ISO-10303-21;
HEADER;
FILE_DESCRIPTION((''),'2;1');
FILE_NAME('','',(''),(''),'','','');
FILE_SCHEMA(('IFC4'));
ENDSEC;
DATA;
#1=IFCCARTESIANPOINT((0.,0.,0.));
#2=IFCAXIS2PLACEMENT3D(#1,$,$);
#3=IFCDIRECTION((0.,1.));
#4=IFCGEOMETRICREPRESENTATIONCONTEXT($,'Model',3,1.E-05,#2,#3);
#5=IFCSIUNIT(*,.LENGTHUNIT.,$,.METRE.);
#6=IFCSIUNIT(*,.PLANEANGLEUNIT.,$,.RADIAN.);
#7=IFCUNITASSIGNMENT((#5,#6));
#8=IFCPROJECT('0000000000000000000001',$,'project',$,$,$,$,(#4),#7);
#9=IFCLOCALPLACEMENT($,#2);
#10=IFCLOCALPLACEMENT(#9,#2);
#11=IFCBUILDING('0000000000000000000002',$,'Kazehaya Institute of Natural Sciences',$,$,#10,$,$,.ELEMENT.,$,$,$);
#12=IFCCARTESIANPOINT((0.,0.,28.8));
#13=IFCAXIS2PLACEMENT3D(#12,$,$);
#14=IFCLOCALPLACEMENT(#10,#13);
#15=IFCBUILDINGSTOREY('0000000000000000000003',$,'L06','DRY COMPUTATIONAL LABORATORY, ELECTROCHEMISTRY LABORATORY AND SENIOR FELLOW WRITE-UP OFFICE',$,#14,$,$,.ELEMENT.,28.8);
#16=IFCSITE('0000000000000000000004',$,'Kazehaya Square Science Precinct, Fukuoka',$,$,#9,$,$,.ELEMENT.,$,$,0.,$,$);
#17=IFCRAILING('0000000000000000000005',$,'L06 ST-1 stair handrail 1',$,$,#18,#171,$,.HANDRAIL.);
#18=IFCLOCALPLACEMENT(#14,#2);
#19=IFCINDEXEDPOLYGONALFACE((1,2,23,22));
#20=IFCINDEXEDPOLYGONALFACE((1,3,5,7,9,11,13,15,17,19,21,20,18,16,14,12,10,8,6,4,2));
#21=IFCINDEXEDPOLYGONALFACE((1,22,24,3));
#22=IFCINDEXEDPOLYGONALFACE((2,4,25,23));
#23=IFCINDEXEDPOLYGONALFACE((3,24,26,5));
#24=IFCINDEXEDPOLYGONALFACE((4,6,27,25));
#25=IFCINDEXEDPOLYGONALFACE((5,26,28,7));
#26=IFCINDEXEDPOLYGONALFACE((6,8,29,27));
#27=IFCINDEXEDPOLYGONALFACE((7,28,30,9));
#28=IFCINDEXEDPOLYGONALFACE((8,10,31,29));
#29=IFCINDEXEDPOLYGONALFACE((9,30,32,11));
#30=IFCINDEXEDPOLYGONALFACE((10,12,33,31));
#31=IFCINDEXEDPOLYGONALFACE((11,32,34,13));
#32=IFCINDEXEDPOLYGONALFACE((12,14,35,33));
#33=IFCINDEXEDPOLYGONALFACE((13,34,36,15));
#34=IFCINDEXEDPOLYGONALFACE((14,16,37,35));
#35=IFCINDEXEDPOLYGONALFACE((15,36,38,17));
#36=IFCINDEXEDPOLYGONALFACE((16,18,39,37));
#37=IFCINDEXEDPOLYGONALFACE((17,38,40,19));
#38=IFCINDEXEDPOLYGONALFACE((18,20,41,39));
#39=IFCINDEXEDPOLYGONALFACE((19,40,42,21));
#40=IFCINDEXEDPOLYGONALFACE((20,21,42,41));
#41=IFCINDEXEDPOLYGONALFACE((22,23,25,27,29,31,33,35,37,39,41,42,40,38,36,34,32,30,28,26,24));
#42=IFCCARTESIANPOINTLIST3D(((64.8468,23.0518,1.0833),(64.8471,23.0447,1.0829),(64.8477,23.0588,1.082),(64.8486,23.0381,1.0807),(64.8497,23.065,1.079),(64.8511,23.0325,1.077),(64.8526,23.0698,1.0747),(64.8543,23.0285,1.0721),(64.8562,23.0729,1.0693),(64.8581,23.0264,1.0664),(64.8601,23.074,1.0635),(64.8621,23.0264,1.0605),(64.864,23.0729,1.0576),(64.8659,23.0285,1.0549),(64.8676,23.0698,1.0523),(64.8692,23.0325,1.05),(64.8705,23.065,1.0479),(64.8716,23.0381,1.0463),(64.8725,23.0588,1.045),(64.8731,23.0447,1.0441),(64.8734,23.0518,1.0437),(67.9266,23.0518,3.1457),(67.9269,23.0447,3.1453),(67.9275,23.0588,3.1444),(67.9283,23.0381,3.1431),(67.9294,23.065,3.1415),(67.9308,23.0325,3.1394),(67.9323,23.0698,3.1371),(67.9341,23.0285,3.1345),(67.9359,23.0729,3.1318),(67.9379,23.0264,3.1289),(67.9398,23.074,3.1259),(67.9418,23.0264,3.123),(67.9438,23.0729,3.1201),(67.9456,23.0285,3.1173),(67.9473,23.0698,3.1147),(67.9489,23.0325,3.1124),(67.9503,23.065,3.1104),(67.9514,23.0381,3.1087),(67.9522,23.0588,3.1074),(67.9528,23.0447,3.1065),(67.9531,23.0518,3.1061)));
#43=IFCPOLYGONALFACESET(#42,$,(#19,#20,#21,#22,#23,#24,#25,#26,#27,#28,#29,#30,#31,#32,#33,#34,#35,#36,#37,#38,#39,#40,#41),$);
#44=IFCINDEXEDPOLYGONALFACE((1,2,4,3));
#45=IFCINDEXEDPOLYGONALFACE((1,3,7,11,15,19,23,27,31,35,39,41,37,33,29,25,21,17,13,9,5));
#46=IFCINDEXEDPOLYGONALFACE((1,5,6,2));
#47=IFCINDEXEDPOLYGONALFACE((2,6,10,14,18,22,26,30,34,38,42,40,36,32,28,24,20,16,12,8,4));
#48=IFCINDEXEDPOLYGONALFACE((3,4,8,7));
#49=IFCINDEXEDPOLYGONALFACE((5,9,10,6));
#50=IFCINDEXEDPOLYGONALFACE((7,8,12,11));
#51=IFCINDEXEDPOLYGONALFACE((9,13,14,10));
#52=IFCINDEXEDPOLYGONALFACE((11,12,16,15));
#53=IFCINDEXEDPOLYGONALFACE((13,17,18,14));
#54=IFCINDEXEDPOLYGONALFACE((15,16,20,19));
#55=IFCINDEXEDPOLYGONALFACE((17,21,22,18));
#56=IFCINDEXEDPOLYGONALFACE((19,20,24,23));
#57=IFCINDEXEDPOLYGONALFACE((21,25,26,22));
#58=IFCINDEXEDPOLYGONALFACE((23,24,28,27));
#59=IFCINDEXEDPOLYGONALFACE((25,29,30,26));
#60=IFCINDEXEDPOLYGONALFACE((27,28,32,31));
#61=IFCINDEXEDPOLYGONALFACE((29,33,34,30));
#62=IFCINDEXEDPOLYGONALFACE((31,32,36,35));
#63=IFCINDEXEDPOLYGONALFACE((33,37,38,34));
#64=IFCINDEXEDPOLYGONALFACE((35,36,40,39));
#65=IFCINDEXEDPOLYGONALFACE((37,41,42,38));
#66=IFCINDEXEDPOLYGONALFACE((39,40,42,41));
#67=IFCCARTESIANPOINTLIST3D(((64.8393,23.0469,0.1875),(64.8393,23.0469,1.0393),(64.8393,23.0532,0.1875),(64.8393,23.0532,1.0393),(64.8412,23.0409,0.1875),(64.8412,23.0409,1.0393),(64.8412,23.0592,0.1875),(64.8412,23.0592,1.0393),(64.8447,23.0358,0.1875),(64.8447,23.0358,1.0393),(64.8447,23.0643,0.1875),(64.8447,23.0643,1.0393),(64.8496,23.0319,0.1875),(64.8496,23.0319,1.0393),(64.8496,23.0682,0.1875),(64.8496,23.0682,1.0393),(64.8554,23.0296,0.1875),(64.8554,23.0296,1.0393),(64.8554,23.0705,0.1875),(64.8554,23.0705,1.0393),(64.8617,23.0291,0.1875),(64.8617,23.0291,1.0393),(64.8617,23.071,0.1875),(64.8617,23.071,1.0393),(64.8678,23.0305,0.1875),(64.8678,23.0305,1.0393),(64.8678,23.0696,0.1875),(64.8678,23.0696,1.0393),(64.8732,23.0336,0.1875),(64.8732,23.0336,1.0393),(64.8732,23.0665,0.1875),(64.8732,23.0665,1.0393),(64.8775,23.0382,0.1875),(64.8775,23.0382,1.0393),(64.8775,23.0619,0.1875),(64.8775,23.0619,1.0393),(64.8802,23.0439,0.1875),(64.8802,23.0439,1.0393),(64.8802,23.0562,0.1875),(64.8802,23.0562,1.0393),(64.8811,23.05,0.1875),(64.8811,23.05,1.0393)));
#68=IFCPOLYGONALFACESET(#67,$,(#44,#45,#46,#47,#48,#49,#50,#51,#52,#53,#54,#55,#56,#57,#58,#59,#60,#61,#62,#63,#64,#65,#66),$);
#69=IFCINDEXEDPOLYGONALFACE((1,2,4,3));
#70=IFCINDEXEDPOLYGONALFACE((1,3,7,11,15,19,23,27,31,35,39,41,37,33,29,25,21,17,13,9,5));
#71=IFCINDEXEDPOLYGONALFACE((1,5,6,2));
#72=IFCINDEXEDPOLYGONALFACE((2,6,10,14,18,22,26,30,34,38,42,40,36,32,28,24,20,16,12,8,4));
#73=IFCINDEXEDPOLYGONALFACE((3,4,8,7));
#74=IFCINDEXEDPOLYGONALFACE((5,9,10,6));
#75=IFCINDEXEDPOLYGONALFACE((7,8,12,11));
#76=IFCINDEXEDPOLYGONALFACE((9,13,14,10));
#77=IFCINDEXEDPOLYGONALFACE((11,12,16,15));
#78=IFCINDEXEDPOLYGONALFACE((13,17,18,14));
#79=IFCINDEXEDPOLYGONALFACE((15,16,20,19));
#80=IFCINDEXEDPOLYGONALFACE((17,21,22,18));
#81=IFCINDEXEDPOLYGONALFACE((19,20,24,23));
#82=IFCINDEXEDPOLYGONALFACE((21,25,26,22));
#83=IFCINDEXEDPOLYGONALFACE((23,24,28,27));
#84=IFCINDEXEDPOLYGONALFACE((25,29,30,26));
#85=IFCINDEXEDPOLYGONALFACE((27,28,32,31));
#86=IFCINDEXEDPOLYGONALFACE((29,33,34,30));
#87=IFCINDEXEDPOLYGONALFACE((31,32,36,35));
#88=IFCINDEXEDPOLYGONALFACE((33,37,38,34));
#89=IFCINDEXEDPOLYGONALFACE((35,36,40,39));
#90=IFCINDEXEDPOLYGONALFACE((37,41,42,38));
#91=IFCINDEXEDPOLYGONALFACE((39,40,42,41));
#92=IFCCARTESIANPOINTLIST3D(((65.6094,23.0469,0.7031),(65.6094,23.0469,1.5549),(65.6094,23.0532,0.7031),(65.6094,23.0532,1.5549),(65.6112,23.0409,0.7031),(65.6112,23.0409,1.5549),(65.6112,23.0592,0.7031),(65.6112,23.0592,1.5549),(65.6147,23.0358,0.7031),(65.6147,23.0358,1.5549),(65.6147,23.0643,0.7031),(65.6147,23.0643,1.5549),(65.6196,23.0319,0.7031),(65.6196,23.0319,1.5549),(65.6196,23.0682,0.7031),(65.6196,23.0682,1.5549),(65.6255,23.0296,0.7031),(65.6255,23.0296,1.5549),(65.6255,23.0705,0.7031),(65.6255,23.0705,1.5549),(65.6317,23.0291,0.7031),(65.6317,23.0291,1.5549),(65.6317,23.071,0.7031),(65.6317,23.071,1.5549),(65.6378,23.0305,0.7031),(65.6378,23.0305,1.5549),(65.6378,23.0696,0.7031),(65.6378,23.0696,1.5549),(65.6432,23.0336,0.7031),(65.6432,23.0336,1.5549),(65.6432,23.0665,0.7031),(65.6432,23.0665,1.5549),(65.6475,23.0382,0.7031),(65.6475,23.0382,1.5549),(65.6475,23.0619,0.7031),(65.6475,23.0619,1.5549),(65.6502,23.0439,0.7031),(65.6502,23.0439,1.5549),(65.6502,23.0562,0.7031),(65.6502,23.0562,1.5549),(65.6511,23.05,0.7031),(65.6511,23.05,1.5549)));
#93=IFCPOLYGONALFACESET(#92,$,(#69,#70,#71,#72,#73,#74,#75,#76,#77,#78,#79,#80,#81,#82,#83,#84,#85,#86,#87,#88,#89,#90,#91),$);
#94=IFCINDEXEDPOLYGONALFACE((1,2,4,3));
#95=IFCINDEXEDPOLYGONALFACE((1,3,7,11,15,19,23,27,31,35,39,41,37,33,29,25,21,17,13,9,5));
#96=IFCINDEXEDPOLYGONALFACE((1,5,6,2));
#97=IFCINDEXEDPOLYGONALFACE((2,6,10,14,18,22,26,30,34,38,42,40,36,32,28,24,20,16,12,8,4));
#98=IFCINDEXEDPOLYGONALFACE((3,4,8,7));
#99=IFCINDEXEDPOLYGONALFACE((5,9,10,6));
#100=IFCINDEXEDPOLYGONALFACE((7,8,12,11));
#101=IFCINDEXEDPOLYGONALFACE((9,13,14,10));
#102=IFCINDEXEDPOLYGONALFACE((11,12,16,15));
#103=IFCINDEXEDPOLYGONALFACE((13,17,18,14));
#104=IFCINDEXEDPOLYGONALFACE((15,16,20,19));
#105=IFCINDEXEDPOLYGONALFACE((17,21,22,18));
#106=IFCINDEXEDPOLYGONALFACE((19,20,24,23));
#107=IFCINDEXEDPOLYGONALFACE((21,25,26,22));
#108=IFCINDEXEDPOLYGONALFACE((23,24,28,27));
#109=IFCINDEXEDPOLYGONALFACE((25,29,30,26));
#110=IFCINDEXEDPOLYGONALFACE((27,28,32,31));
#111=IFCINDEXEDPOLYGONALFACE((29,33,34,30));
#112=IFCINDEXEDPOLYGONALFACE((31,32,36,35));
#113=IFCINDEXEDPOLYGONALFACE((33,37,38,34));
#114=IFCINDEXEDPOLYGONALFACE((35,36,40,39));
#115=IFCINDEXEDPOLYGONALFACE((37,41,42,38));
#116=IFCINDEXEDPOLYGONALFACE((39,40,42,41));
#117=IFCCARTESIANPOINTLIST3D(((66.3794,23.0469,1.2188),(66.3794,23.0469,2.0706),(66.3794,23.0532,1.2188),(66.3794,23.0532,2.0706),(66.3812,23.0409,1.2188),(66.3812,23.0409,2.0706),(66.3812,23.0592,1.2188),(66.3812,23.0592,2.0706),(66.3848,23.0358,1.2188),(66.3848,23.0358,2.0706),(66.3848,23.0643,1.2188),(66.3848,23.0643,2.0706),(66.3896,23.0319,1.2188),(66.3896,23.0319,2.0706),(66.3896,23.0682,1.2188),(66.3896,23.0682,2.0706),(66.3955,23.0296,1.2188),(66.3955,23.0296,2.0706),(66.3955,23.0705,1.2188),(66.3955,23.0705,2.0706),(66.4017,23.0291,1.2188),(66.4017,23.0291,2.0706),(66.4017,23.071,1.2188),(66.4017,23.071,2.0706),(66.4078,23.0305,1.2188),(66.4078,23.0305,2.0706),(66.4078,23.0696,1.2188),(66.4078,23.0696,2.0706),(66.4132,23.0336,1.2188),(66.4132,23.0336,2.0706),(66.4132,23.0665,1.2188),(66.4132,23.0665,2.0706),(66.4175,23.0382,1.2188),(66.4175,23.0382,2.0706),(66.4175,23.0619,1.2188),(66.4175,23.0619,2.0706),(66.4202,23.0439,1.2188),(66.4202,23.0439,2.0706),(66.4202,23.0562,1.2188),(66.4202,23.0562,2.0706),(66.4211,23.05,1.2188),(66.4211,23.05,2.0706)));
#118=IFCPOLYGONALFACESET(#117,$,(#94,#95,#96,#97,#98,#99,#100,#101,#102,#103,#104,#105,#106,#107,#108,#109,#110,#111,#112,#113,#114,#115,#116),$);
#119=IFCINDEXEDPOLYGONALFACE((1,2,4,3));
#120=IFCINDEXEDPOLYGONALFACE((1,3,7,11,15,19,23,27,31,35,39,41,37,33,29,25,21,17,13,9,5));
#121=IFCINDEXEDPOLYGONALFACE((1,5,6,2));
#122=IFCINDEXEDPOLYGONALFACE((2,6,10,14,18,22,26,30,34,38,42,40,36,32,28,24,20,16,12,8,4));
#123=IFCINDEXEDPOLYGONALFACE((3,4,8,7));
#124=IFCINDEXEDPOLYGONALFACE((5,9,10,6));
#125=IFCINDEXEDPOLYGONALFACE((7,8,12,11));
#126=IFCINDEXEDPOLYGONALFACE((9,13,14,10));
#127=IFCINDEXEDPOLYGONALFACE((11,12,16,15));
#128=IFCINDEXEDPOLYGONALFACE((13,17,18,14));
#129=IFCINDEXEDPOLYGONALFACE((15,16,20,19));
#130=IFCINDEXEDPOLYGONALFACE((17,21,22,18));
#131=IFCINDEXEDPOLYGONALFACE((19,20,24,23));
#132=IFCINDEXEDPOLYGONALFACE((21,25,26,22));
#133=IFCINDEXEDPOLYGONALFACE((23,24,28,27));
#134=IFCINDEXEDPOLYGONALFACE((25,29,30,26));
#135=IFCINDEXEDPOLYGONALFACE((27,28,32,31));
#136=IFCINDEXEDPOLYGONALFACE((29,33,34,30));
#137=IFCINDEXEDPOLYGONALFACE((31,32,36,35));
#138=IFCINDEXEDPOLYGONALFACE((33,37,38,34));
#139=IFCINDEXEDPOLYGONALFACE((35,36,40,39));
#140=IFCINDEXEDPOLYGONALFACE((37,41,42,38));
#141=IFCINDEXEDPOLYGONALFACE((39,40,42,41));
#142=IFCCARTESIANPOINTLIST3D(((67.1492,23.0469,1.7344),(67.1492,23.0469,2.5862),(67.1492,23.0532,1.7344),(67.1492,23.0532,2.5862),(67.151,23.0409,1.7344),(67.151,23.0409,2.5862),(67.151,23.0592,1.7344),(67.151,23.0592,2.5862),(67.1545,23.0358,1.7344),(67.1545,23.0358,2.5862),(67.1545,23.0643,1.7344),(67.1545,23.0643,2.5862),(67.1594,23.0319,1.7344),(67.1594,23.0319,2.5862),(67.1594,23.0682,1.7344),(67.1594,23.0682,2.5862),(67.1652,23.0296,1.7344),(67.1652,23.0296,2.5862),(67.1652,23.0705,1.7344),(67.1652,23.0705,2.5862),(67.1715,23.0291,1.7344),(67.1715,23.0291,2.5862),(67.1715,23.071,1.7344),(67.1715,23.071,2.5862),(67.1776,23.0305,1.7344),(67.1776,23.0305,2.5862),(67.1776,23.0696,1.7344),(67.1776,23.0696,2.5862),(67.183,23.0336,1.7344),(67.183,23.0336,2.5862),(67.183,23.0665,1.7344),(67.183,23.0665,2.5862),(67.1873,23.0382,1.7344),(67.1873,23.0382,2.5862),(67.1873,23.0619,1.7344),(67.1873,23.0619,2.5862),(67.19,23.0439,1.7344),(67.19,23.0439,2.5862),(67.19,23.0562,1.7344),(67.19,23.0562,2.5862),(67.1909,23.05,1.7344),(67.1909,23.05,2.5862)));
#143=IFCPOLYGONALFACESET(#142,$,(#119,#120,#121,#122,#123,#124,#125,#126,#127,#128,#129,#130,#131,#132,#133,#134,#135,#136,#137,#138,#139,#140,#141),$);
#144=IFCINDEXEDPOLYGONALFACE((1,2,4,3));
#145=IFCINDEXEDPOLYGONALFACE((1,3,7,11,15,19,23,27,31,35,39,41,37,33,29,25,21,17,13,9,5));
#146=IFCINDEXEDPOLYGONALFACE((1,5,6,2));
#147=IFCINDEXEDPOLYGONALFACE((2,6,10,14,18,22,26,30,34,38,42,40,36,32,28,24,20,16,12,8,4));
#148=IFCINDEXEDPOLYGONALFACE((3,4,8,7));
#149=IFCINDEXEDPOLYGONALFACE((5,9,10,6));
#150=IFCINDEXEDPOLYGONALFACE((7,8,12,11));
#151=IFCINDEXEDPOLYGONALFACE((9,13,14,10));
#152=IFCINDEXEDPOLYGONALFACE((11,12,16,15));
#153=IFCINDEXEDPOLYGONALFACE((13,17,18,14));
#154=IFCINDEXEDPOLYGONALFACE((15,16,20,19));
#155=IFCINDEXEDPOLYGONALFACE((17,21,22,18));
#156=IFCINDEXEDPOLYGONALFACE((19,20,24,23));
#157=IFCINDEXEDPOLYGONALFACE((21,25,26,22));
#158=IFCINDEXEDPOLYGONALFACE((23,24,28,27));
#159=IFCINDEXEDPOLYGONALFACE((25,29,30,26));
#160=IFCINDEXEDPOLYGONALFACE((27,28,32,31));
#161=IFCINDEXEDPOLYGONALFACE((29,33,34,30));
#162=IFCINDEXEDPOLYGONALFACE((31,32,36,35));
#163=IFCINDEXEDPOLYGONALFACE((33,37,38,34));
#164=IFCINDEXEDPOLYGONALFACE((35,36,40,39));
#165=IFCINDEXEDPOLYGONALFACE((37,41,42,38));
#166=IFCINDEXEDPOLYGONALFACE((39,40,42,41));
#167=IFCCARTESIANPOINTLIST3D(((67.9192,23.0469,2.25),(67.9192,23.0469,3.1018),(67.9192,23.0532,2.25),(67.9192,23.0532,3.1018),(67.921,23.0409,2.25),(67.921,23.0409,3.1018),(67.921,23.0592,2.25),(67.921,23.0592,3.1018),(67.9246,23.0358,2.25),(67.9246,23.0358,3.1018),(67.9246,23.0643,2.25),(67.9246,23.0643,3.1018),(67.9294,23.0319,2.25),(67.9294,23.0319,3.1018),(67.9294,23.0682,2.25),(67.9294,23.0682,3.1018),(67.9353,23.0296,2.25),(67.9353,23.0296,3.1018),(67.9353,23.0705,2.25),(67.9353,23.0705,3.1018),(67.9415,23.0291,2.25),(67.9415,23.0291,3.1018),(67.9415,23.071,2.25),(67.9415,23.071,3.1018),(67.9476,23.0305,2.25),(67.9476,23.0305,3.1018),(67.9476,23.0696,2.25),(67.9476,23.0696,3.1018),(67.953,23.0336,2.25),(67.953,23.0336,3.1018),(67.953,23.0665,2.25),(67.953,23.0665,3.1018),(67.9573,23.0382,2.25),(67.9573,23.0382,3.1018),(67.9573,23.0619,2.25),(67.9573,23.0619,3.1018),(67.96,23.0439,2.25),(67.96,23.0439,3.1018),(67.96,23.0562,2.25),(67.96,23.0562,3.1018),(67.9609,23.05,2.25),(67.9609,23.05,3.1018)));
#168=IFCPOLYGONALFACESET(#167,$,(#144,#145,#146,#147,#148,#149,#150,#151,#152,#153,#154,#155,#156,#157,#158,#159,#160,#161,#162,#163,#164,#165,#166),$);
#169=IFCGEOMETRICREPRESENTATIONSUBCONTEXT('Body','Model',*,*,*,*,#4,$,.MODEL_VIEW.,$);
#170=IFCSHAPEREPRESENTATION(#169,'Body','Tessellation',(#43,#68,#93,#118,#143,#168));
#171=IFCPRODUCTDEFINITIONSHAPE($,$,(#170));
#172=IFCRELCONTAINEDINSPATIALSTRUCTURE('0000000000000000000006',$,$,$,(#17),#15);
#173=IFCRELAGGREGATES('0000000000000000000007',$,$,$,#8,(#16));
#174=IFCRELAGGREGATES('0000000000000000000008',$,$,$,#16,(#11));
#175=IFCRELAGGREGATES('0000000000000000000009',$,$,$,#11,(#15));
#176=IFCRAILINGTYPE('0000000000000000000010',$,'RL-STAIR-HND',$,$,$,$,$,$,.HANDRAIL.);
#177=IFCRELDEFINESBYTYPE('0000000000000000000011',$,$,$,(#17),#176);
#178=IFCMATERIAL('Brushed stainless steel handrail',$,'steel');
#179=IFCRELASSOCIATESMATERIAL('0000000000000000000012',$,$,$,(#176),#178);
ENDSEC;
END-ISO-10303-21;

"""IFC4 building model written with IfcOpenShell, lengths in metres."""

from ifc_helpers import new_model, si_unit, direction, frame, origin, origin_2d, place, context, subcontext, project, spatial, circle, extrude, material, type_object, element, save


model = new_model("IFC4")

# Units and contexts
model_context = context("Model", 3, precision=1e-05, world=origin(), true_north=direction((0.0, 1.0)))
body_context = subcontext(model_context, "Body", "Model", "MODEL_VIEW")
ifc_project = project(units=[si_unit("LENGTHUNIT", "METRE"), si_unit("PLANEANGLEUNIT", "RADIAN")], contexts=[model_context])

# Site, building, storey
site_placement = place(None, origin())
site = spatial("IfcSite", under=ifc_project, at=site_placement, Name="Kazehaya Square Science Precinct, Fukuoka", CompositionType="ELEMENT", RefElevation=0.0)
building_placement = place(site_placement, origin())
building = spatial("IfcBuilding", under=site, at=building_placement, Name="Kazehaya Institute of Natural Sciences", CompositionType="ELEMENT")
storey_placement = place(building_placement, frame((0.0, 0.0, 28.8)))
storey = spatial("IfcBuildingStorey", under=building, at=storey_placement, Name="L06", Description="DRY COMPUTATIONAL LABORATORY, ELECTROCHEMISTRY LABORATORY AND SENIOR FELLOW WRITE-UP OFFICE", CompositionType="ELEMENT", Elevation=28.8)

# Railing
ifc_material_1 = material(Name="Brushed stainless steel handrail", Category="steel")
railing_type_1 = type_object("IfcRailingType", Name="RL-STAIR-HND", PredefinedType="HANDRAIL", material=ifc_material_1)
railing_1_placement = place(storey_placement, frame((64.8601, 23.05, 0.1875)))
element("IfcRailing", 1, at=railing_1_placement, inside=storey, type_object=railing_type_1, Name="L06 ST-1 stair handrail 1", PredefinedType="HANDRAIL", context=body_context, shape_type="SweptSolid", body=[
    extrude(circle(Radius=0.0239, at=origin_2d()), frame((0.0, 0.0, 0.876), z_axis=(0.830893, 0.0, 0.556432), x_axis=(0.0, 1.0, 0.0)), (0.0, 0.0, 1.0), 3.7065),
    extrude(circle(Radius=0.021, at=origin_2d()), origin(), (0.0, 0.0, 1.0), 0.8518),
    extrude(circle(Radius=0.021, at=origin_2d()), frame((0.77, 0.0, 0.5156)), (0.0, 0.0, 1.0), 0.8518),
    extrude(circle(Radius=0.021, at=origin_2d()), frame((1.54, 0.0, 1.0312)), (0.0, 0.0, 1.0), 0.8518),
    extrude(circle(Radius=0.021, at=origin_2d()), frame((2.3098, 0.0, 1.5469)), (0.0, 0.0, 1.0), 0.8518),
    extrude(circle(Radius=0.021, at=origin_2d()), frame((3.0798, 0.0, 2.0625)), (0.0, 0.0, 1.0), 0.8518),
])

save(model, "model.ifc")
